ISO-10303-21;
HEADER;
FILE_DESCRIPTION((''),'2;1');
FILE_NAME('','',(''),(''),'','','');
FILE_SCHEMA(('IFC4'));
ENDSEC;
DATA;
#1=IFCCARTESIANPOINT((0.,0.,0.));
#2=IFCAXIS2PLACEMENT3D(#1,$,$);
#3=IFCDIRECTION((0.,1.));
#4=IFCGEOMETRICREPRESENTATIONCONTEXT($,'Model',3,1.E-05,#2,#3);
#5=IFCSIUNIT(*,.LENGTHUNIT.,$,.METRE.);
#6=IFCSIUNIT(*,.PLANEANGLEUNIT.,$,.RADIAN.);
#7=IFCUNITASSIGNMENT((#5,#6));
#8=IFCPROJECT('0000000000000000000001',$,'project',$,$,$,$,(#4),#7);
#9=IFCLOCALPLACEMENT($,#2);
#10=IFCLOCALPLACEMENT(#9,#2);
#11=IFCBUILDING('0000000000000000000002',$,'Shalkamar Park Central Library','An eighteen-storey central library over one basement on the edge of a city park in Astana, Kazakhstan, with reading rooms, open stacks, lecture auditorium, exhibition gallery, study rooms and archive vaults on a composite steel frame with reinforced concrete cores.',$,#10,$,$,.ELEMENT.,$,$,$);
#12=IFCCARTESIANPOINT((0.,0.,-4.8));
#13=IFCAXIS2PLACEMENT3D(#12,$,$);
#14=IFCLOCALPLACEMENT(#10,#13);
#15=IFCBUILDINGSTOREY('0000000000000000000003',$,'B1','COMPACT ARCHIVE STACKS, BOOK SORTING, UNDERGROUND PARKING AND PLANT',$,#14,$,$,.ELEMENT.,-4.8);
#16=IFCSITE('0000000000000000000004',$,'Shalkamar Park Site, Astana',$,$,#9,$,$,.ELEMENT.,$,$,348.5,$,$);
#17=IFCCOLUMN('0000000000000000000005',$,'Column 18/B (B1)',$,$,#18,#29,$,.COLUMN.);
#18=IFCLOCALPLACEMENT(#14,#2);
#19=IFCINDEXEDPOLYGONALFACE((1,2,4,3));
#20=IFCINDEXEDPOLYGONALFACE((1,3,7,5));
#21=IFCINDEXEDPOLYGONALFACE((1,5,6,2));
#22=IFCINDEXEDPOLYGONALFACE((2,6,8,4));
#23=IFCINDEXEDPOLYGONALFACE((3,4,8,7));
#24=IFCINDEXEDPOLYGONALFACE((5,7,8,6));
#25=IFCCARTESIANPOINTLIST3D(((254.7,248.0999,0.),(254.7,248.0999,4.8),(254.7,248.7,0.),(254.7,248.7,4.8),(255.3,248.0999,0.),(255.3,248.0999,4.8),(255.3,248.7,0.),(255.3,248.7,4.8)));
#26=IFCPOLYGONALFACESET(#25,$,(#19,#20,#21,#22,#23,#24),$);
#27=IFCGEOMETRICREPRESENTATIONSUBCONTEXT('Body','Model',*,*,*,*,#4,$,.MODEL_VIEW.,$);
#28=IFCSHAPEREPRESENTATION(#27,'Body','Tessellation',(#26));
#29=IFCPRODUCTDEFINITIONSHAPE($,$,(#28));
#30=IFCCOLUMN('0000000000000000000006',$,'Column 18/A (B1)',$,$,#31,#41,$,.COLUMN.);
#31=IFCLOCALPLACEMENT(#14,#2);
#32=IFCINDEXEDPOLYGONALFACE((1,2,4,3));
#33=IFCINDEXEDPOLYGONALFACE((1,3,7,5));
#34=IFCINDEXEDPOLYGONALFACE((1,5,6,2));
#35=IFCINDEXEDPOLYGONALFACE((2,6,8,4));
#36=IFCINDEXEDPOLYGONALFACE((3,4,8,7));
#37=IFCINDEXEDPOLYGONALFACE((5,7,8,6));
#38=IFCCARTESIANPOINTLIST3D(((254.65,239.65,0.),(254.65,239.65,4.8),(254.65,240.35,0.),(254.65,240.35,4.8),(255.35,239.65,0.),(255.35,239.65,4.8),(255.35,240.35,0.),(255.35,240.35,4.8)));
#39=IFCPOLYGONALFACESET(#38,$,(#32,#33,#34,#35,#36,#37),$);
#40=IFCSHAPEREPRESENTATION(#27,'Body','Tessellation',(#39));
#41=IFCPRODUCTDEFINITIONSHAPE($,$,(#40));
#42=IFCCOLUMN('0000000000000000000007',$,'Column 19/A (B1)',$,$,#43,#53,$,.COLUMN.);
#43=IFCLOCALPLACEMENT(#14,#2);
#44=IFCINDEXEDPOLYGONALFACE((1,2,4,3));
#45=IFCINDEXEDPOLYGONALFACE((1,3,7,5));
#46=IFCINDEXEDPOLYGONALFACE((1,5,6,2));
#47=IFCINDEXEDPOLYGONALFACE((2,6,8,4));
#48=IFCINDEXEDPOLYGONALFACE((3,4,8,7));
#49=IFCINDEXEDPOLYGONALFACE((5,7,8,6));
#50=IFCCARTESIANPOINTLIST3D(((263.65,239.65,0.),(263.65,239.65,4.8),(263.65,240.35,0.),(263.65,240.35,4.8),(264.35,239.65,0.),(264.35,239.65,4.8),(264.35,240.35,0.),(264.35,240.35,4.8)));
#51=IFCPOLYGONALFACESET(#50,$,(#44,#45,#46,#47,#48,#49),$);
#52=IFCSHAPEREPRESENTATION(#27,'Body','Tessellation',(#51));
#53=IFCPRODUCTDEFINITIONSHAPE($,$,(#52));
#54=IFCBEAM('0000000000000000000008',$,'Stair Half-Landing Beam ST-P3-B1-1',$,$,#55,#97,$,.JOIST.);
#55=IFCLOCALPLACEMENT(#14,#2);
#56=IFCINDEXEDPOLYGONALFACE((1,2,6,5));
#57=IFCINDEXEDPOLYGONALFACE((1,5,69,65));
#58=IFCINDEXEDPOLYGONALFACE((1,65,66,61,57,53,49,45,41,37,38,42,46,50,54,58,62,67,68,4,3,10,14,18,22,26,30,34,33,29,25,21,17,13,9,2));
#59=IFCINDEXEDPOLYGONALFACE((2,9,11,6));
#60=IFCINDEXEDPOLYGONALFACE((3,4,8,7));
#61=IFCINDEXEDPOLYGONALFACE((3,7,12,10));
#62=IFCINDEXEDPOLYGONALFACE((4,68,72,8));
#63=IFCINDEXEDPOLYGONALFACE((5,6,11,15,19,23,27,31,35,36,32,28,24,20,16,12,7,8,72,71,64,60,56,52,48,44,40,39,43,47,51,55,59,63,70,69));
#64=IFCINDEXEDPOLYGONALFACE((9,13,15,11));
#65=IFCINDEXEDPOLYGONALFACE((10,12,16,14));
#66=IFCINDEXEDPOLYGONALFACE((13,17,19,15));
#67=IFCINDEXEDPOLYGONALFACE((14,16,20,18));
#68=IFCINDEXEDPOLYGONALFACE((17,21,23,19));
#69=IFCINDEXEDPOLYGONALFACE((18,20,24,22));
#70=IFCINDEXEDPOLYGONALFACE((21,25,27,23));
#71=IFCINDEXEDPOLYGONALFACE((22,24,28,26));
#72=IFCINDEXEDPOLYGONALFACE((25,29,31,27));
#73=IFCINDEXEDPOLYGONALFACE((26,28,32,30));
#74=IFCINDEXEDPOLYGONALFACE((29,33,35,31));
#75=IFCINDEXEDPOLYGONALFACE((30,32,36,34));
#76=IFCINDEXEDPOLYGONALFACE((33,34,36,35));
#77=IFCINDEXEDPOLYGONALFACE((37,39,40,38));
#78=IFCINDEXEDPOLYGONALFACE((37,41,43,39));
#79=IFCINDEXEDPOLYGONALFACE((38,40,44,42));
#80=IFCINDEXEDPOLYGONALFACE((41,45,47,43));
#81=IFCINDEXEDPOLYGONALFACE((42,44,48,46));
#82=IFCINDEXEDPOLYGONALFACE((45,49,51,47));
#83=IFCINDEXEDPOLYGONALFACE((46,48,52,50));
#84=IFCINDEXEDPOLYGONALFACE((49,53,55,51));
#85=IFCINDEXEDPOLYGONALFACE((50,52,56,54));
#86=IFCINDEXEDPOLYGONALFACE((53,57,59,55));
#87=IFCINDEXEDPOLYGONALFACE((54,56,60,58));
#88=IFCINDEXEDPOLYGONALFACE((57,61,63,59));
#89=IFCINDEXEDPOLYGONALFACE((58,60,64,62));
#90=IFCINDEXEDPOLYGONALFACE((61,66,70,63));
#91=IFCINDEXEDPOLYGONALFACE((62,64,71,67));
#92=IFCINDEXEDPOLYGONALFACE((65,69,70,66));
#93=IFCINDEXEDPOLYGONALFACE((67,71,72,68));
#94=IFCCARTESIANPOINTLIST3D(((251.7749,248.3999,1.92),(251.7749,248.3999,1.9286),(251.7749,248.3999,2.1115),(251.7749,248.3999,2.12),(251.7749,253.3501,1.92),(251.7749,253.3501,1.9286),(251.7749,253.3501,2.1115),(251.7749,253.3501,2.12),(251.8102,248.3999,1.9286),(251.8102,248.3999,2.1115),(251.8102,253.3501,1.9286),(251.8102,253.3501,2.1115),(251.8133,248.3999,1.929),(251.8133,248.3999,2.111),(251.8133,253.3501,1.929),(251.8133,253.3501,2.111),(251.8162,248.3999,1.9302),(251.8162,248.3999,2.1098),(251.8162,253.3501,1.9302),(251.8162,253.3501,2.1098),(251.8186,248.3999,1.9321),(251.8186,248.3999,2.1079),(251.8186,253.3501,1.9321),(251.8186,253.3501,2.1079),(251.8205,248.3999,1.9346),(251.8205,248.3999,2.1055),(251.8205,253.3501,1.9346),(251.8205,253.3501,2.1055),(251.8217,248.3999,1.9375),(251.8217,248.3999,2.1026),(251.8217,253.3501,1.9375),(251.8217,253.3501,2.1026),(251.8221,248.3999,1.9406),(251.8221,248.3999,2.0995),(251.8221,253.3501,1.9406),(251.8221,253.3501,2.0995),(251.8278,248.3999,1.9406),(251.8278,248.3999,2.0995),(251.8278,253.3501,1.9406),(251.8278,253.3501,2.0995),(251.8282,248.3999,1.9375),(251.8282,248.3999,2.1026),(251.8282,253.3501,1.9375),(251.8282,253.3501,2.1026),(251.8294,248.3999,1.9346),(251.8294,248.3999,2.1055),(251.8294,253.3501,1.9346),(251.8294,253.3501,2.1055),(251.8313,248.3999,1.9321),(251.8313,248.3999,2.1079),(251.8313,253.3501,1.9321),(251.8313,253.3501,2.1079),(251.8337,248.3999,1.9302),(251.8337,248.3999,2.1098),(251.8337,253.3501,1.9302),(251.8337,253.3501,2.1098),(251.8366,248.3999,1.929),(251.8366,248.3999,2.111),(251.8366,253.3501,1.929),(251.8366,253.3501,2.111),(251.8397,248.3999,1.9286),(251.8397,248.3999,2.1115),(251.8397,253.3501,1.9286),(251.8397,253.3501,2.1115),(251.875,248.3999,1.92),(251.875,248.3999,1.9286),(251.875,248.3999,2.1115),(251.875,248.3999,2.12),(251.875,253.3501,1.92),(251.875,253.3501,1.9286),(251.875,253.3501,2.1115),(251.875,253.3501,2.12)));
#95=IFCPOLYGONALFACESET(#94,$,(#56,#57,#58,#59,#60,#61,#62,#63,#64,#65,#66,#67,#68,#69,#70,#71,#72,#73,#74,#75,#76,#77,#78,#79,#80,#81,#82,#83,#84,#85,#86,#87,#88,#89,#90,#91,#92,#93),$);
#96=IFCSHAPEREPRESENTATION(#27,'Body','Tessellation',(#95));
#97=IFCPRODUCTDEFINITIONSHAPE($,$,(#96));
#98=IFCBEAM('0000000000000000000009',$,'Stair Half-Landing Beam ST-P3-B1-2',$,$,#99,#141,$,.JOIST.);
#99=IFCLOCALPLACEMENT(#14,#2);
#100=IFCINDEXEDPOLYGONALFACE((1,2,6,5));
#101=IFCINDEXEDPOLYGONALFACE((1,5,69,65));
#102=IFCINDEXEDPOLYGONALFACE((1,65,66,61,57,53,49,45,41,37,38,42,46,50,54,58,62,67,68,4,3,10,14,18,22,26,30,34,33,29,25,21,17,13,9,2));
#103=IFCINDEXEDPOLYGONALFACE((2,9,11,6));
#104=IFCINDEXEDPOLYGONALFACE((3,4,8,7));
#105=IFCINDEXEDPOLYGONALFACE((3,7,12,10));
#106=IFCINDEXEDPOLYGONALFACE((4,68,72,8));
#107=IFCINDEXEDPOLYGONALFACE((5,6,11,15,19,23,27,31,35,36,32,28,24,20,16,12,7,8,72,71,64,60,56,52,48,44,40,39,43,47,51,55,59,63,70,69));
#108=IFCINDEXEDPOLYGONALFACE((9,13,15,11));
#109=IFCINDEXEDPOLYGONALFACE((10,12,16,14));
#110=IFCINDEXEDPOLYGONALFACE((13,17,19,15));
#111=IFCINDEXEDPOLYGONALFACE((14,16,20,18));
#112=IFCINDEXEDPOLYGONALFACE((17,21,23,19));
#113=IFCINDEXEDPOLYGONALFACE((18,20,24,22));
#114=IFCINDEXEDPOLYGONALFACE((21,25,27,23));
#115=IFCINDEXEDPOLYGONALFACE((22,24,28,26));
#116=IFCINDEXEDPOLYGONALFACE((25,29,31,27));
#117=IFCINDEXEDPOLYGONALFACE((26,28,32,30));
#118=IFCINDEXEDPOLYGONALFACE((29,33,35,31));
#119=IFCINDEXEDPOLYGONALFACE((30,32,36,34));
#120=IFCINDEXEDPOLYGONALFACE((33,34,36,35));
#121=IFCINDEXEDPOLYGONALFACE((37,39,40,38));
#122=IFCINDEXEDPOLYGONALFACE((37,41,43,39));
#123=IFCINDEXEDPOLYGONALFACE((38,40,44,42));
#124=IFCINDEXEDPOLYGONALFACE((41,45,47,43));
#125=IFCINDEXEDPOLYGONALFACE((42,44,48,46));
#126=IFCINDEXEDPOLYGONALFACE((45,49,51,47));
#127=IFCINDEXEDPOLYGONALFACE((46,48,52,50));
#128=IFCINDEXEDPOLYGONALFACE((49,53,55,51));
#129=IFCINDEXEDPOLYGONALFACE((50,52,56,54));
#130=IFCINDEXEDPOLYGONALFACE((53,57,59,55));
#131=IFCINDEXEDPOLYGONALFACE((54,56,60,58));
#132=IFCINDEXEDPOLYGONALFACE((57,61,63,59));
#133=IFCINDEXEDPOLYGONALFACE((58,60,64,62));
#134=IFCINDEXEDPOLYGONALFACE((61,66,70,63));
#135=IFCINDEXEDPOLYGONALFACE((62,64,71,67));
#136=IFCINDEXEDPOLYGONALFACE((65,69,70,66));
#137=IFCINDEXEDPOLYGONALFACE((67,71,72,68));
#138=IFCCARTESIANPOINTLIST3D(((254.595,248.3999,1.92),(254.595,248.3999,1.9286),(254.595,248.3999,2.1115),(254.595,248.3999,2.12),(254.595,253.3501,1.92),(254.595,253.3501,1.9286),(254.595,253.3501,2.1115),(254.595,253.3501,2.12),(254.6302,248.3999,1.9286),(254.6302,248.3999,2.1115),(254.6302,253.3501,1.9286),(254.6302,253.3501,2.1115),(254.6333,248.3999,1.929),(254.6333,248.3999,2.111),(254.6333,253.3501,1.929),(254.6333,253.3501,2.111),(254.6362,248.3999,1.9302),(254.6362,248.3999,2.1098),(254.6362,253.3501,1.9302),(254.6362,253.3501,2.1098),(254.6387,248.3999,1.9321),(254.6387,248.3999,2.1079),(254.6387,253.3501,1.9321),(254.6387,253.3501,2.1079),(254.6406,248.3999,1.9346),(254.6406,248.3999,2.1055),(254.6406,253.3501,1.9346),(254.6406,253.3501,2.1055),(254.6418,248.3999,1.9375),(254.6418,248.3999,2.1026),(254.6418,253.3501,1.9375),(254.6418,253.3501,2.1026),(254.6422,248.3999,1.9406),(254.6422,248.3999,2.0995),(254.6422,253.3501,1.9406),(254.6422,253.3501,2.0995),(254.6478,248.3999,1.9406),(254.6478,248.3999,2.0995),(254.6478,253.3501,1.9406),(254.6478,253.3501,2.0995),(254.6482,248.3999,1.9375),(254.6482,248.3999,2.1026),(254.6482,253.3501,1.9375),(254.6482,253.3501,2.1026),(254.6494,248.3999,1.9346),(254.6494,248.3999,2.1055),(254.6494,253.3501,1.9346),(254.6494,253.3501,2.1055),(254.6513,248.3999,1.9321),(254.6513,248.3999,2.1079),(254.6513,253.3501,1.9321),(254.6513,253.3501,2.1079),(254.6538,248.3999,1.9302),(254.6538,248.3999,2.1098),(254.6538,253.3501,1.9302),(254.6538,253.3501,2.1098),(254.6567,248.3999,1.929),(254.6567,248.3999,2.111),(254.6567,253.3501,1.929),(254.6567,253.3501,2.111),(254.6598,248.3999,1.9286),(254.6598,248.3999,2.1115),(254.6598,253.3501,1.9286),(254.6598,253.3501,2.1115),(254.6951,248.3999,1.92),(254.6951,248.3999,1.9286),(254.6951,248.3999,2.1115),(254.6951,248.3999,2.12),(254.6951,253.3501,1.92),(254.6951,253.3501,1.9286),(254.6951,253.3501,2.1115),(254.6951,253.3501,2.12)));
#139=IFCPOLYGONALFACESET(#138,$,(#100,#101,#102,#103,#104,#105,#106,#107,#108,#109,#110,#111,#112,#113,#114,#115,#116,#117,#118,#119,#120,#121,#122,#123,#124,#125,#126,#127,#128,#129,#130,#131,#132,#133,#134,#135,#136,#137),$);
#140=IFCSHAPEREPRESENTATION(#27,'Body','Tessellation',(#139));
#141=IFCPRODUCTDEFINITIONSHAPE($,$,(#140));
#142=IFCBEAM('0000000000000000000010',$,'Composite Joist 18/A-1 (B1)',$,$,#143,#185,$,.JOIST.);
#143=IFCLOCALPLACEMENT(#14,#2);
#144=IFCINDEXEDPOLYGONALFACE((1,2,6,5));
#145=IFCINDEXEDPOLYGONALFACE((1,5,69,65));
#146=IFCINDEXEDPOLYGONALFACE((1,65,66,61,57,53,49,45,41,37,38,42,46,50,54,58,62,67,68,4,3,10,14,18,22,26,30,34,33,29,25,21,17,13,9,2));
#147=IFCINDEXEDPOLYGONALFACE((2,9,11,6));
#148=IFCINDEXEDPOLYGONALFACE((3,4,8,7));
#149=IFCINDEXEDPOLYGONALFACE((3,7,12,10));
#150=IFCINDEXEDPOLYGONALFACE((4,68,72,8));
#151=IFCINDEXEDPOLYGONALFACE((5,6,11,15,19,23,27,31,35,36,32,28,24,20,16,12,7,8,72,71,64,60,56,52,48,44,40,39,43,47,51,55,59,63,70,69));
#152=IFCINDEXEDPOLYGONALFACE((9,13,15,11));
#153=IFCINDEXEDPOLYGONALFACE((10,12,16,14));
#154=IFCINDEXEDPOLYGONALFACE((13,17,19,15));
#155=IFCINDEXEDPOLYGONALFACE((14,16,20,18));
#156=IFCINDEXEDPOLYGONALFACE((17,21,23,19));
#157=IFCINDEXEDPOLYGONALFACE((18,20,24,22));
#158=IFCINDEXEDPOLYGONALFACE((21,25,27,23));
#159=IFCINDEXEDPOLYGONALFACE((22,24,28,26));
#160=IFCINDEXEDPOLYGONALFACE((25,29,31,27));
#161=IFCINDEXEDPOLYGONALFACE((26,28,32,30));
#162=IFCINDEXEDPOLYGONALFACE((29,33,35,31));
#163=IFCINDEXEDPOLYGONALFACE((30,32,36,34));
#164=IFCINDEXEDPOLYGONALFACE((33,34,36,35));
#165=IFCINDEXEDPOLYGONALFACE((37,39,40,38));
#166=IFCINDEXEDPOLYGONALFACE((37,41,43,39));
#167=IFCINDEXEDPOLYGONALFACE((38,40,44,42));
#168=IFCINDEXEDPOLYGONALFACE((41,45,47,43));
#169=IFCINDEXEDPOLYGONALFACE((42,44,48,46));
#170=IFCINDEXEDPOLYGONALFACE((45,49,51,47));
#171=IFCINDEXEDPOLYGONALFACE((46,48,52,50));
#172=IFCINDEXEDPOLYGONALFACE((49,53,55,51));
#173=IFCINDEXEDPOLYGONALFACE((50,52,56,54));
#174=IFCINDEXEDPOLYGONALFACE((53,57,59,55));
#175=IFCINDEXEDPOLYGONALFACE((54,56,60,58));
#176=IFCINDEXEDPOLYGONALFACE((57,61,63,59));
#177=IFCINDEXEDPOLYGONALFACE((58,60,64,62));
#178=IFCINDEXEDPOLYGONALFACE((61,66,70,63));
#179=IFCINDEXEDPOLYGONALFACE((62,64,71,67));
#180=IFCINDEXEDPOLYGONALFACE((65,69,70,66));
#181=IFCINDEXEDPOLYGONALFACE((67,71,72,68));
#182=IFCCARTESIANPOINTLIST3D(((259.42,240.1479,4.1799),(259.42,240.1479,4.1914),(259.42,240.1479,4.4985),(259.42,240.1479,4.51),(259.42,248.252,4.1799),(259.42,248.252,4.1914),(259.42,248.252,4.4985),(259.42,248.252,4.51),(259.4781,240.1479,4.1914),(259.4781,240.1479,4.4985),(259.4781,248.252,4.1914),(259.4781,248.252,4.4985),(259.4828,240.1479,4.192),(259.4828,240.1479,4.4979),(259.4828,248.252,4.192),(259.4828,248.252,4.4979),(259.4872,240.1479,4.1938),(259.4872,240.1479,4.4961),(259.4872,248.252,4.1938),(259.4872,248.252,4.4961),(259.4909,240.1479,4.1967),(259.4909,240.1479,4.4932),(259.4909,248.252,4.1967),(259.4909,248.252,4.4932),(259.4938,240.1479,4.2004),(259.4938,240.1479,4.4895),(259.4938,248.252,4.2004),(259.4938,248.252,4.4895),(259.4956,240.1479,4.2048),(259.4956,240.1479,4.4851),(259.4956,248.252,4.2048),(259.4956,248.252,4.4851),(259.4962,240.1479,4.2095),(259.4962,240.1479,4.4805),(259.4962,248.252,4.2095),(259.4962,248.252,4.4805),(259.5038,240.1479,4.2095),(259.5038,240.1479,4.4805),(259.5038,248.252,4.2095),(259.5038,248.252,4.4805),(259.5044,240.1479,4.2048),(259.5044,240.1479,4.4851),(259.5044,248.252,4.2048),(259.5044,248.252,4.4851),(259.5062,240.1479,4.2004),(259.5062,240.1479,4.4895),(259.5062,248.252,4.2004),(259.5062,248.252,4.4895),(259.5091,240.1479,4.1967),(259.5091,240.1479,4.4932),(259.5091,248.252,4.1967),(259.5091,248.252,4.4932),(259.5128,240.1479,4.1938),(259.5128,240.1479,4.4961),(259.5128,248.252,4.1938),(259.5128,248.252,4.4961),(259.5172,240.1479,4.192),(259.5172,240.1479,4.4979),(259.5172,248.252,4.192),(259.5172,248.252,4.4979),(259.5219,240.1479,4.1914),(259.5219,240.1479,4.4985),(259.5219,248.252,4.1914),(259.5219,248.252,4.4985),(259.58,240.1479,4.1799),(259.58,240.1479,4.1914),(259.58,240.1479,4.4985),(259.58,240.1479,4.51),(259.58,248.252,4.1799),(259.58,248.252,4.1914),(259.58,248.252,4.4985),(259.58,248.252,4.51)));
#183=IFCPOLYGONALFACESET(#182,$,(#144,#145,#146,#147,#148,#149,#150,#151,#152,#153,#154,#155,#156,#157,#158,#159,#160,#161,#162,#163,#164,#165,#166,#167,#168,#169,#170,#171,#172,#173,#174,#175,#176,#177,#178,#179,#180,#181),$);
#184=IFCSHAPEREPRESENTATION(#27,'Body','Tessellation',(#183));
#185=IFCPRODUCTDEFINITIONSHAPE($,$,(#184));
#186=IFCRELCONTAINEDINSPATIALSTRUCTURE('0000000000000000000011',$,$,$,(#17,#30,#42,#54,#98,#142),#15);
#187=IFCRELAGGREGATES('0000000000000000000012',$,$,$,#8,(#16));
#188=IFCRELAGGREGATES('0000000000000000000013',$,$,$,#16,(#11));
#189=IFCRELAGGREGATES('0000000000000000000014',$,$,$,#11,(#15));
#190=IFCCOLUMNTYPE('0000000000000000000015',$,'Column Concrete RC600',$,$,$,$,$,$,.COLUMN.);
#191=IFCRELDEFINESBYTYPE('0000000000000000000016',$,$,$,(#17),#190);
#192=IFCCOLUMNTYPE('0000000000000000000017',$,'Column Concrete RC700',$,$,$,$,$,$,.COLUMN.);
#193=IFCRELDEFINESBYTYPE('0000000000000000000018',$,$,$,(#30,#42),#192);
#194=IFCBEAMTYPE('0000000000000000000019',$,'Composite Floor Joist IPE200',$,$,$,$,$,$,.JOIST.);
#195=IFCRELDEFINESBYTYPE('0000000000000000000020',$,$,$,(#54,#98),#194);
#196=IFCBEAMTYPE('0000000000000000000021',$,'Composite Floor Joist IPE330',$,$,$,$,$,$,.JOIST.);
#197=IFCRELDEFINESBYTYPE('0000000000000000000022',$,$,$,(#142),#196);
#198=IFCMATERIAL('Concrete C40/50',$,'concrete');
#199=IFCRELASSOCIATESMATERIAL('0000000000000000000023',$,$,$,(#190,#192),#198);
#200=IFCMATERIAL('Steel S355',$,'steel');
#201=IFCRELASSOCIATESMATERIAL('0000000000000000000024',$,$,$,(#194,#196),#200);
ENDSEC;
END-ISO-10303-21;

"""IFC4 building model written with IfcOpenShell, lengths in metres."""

from ifc_helpers import new_model, si_unit, direction, frame, origin, origin_2d, place, context, subcontext, project, spatial, rectangle, i_section, extrude, material, material_profile, profile_set, type_object, element, save


model = new_model("IFC4")

# Units and contexts
model_context = context("Model", 3, precision=1e-05, world=origin(), true_north=direction((0.0, 1.0)))
body_context = subcontext(model_context, "Body", "Model", "MODEL_VIEW")
ifc_project = project(units=[si_unit("LENGTHUNIT", "METRE"), si_unit("PLANEANGLEUNIT", "RADIAN")], contexts=[model_context])

# Site, building, storey
site_placement = place(None, origin())
site = spatial("IfcSite", under=ifc_project, at=site_placement, Name="Shalkamar Park Site, Astana", CompositionType="ELEMENT", RefElevation=348.5)
building_placement = place(site_placement, origin())
building = spatial("IfcBuilding", under=site, at=building_placement, Name="Shalkamar Park Central Library", Description="An eighteen-storey central library over one basement on the edge of a city park in Astana, Kazakhstan, with reading rooms, open stacks, lecture auditorium, exhibition gallery, study rooms and archive vaults on a composite steel frame with reinforced concrete cores.", CompositionType="ELEMENT")
storey_placement = place(building_placement, frame((0.0, 0.0, -4.8)))
storey = spatial("IfcBuildingStorey", under=building, at=storey_placement, Name="B1", Description="COMPACT ARCHIVE STACKS, BOOK SORTING, UNDERGROUND PARKING AND PLANT", CompositionType="ELEMENT", Elevation=-4.8)

# Columns
ifc_material_1 = material(Name="Concrete C40/50", Category="concrete")
ifc_material_profile_1 = material_profile(ifc_material_1, rectangle(XDim=0.6001, YDim=0.6001, at=origin_2d()), Name="RC 600x600")
ifc_profile_set_1 = profile_set([ifc_material_profile_1], Name="Concrete C40/50")
column_type_1 = type_object("IfcColumnType", Name="Column Concrete RC600", PredefinedType="COLUMN", material=ifc_profile_set_1)
column_placement = place(storey_placement, frame((255.0, 248.3999, 0.0), z_axis=(0.0, 0.0, 1.0), x_axis=(1.0, 0.0, 0.0)))
element("IfcColumn", 1, at=column_placement, inside=storey, type_object=column_type_1, Name="Column 18/B (B1)", PredefinedType="COLUMN", context=body_context, shape_type="SweptSolid", body=[
    extrude(rectangle(XDim=0.6001, YDim=0.6001, at=origin_2d()), origin(), (0.0, 0.0, 1.0), 4.8),
])
ifc_material_profile_2 = material_profile(ifc_material_1, rectangle(XDim=0.7, YDim=0.7, at=origin_2d()), Name="RC 700x700")
ifc_profile_set_2 = profile_set([ifc_material_profile_2], Name="Concrete C40/50")
column_type_2 = type_object("IfcColumnType", Name="Column Concrete RC700", PredefinedType="COLUMN", material=ifc_profile_set_2)
for number, where, z_axis, x_axis, name in (
    (2, (255.0, 240.0, 0.0), (0.0, 0.0, 1.0), (1.0, 0.0, 0.0), "Column 18/A (B1)"),
    (3, (264.0, 240.0, 0.0), (0.0, 0.0, 1.0), (1.0, 0.0, 0.0), "Column 19/A (B1)"),
):
    element("IfcColumn", number, at=place(storey_placement, frame(where, z_axis=z_axis, x_axis=x_axis)), inside=storey, type_object=column_type_2, Name=name, PredefinedType="COLUMN", context=body_context, shape_type="SweptSolid", body=[
        extrude(rectangle(XDim=0.7, YDim=0.7, at=origin_2d()), origin(), (0.0, 0.0, 1.0), 4.8),
    ])

# Beams
ifc_material_2 = material(Name="Steel S355", Category="steel")
ifc_material_profile_3 = material_profile(ifc_material_2, i_section(OverallWidth=0.1001, OverallDepth=0.2, WebThickness=0.0056, FlangeThickness=0.0085, FilletRadius=0.012, at=origin_2d()), Name="IPE 200")
ifc_profile_set_3 = profile_set([ifc_material_profile_3], Name="Steel S355")
beam_type_1 = type_object("IfcBeamType", Name="Composite Floor Joist IPE200", PredefinedType="JOIST", material=ifc_profile_set_3)
for number, where, z_axis, x_axis, name in (
    (4, (251.825, 248.3999, 2.02), (0.0, 1.0, 0.0), (-1.0, 0.0, 0.0), "Stair Half-Landing Beam ST-P3-B1-1"),
    (5, (254.645, 248.3999, 2.02), (0.0, 1.0, 0.0), (-1.0, 0.0, 0.0), "Stair Half-Landing Beam ST-P3-B1-2"),
):
    element("IfcBeam", number, at=place(storey_placement, frame(where, z_axis=z_axis, x_axis=x_axis)), inside=storey, type_object=beam_type_1, Name=name, PredefinedType="JOIST", context=body_context, shape_type="SweptSolid", body=[
        extrude(i_section(OverallWidth=0.1001, OverallDepth=0.2, WebThickness=0.0056, FlangeThickness=0.0085, FilletRadius=0.012, at=origin_2d()), origin(), (0.0, 0.0, 1.0), 4.9502),
    ])
ifc_material_profile_4 = material_profile(ifc_material_2, i_section(OverallWidth=0.1599, OverallDepth=0.3301, WebThickness=0.0076, FlangeThickness=0.0115, FilletRadius=0.0181, at=origin_2d()), Name="IPE 330")
ifc_profile_set_4 = profile_set([ifc_material_profile_4], Name="Steel S355")
beam_type_2 = type_object("IfcBeamType", Name="Composite Floor Joist IPE330", PredefinedType="JOIST", material=ifc_profile_set_4)
beam_1_placement = place(storey_placement, frame((259.5, 240.1479, 4.345), z_axis=(0.0, 1.0, 0.0), x_axis=(-1.0, 0.0, 0.0)))
element("IfcBeam", 6, at=beam_1_placement, inside=storey, type_object=beam_type_2, Name="Composite Joist 18/A-1 (B1)", PredefinedType="JOIST", context=body_context, shape_type="SweptSolid", body=[
    extrude(i_section(OverallWidth=0.1599, OverallDepth=0.3301, WebThickness=0.0076, FlangeThickness=0.0115, FilletRadius=0.0181, at=origin_2d()), origin(), (0.0, 0.0, 1.0), 8.104),
])

save(model, "model.ifc")
